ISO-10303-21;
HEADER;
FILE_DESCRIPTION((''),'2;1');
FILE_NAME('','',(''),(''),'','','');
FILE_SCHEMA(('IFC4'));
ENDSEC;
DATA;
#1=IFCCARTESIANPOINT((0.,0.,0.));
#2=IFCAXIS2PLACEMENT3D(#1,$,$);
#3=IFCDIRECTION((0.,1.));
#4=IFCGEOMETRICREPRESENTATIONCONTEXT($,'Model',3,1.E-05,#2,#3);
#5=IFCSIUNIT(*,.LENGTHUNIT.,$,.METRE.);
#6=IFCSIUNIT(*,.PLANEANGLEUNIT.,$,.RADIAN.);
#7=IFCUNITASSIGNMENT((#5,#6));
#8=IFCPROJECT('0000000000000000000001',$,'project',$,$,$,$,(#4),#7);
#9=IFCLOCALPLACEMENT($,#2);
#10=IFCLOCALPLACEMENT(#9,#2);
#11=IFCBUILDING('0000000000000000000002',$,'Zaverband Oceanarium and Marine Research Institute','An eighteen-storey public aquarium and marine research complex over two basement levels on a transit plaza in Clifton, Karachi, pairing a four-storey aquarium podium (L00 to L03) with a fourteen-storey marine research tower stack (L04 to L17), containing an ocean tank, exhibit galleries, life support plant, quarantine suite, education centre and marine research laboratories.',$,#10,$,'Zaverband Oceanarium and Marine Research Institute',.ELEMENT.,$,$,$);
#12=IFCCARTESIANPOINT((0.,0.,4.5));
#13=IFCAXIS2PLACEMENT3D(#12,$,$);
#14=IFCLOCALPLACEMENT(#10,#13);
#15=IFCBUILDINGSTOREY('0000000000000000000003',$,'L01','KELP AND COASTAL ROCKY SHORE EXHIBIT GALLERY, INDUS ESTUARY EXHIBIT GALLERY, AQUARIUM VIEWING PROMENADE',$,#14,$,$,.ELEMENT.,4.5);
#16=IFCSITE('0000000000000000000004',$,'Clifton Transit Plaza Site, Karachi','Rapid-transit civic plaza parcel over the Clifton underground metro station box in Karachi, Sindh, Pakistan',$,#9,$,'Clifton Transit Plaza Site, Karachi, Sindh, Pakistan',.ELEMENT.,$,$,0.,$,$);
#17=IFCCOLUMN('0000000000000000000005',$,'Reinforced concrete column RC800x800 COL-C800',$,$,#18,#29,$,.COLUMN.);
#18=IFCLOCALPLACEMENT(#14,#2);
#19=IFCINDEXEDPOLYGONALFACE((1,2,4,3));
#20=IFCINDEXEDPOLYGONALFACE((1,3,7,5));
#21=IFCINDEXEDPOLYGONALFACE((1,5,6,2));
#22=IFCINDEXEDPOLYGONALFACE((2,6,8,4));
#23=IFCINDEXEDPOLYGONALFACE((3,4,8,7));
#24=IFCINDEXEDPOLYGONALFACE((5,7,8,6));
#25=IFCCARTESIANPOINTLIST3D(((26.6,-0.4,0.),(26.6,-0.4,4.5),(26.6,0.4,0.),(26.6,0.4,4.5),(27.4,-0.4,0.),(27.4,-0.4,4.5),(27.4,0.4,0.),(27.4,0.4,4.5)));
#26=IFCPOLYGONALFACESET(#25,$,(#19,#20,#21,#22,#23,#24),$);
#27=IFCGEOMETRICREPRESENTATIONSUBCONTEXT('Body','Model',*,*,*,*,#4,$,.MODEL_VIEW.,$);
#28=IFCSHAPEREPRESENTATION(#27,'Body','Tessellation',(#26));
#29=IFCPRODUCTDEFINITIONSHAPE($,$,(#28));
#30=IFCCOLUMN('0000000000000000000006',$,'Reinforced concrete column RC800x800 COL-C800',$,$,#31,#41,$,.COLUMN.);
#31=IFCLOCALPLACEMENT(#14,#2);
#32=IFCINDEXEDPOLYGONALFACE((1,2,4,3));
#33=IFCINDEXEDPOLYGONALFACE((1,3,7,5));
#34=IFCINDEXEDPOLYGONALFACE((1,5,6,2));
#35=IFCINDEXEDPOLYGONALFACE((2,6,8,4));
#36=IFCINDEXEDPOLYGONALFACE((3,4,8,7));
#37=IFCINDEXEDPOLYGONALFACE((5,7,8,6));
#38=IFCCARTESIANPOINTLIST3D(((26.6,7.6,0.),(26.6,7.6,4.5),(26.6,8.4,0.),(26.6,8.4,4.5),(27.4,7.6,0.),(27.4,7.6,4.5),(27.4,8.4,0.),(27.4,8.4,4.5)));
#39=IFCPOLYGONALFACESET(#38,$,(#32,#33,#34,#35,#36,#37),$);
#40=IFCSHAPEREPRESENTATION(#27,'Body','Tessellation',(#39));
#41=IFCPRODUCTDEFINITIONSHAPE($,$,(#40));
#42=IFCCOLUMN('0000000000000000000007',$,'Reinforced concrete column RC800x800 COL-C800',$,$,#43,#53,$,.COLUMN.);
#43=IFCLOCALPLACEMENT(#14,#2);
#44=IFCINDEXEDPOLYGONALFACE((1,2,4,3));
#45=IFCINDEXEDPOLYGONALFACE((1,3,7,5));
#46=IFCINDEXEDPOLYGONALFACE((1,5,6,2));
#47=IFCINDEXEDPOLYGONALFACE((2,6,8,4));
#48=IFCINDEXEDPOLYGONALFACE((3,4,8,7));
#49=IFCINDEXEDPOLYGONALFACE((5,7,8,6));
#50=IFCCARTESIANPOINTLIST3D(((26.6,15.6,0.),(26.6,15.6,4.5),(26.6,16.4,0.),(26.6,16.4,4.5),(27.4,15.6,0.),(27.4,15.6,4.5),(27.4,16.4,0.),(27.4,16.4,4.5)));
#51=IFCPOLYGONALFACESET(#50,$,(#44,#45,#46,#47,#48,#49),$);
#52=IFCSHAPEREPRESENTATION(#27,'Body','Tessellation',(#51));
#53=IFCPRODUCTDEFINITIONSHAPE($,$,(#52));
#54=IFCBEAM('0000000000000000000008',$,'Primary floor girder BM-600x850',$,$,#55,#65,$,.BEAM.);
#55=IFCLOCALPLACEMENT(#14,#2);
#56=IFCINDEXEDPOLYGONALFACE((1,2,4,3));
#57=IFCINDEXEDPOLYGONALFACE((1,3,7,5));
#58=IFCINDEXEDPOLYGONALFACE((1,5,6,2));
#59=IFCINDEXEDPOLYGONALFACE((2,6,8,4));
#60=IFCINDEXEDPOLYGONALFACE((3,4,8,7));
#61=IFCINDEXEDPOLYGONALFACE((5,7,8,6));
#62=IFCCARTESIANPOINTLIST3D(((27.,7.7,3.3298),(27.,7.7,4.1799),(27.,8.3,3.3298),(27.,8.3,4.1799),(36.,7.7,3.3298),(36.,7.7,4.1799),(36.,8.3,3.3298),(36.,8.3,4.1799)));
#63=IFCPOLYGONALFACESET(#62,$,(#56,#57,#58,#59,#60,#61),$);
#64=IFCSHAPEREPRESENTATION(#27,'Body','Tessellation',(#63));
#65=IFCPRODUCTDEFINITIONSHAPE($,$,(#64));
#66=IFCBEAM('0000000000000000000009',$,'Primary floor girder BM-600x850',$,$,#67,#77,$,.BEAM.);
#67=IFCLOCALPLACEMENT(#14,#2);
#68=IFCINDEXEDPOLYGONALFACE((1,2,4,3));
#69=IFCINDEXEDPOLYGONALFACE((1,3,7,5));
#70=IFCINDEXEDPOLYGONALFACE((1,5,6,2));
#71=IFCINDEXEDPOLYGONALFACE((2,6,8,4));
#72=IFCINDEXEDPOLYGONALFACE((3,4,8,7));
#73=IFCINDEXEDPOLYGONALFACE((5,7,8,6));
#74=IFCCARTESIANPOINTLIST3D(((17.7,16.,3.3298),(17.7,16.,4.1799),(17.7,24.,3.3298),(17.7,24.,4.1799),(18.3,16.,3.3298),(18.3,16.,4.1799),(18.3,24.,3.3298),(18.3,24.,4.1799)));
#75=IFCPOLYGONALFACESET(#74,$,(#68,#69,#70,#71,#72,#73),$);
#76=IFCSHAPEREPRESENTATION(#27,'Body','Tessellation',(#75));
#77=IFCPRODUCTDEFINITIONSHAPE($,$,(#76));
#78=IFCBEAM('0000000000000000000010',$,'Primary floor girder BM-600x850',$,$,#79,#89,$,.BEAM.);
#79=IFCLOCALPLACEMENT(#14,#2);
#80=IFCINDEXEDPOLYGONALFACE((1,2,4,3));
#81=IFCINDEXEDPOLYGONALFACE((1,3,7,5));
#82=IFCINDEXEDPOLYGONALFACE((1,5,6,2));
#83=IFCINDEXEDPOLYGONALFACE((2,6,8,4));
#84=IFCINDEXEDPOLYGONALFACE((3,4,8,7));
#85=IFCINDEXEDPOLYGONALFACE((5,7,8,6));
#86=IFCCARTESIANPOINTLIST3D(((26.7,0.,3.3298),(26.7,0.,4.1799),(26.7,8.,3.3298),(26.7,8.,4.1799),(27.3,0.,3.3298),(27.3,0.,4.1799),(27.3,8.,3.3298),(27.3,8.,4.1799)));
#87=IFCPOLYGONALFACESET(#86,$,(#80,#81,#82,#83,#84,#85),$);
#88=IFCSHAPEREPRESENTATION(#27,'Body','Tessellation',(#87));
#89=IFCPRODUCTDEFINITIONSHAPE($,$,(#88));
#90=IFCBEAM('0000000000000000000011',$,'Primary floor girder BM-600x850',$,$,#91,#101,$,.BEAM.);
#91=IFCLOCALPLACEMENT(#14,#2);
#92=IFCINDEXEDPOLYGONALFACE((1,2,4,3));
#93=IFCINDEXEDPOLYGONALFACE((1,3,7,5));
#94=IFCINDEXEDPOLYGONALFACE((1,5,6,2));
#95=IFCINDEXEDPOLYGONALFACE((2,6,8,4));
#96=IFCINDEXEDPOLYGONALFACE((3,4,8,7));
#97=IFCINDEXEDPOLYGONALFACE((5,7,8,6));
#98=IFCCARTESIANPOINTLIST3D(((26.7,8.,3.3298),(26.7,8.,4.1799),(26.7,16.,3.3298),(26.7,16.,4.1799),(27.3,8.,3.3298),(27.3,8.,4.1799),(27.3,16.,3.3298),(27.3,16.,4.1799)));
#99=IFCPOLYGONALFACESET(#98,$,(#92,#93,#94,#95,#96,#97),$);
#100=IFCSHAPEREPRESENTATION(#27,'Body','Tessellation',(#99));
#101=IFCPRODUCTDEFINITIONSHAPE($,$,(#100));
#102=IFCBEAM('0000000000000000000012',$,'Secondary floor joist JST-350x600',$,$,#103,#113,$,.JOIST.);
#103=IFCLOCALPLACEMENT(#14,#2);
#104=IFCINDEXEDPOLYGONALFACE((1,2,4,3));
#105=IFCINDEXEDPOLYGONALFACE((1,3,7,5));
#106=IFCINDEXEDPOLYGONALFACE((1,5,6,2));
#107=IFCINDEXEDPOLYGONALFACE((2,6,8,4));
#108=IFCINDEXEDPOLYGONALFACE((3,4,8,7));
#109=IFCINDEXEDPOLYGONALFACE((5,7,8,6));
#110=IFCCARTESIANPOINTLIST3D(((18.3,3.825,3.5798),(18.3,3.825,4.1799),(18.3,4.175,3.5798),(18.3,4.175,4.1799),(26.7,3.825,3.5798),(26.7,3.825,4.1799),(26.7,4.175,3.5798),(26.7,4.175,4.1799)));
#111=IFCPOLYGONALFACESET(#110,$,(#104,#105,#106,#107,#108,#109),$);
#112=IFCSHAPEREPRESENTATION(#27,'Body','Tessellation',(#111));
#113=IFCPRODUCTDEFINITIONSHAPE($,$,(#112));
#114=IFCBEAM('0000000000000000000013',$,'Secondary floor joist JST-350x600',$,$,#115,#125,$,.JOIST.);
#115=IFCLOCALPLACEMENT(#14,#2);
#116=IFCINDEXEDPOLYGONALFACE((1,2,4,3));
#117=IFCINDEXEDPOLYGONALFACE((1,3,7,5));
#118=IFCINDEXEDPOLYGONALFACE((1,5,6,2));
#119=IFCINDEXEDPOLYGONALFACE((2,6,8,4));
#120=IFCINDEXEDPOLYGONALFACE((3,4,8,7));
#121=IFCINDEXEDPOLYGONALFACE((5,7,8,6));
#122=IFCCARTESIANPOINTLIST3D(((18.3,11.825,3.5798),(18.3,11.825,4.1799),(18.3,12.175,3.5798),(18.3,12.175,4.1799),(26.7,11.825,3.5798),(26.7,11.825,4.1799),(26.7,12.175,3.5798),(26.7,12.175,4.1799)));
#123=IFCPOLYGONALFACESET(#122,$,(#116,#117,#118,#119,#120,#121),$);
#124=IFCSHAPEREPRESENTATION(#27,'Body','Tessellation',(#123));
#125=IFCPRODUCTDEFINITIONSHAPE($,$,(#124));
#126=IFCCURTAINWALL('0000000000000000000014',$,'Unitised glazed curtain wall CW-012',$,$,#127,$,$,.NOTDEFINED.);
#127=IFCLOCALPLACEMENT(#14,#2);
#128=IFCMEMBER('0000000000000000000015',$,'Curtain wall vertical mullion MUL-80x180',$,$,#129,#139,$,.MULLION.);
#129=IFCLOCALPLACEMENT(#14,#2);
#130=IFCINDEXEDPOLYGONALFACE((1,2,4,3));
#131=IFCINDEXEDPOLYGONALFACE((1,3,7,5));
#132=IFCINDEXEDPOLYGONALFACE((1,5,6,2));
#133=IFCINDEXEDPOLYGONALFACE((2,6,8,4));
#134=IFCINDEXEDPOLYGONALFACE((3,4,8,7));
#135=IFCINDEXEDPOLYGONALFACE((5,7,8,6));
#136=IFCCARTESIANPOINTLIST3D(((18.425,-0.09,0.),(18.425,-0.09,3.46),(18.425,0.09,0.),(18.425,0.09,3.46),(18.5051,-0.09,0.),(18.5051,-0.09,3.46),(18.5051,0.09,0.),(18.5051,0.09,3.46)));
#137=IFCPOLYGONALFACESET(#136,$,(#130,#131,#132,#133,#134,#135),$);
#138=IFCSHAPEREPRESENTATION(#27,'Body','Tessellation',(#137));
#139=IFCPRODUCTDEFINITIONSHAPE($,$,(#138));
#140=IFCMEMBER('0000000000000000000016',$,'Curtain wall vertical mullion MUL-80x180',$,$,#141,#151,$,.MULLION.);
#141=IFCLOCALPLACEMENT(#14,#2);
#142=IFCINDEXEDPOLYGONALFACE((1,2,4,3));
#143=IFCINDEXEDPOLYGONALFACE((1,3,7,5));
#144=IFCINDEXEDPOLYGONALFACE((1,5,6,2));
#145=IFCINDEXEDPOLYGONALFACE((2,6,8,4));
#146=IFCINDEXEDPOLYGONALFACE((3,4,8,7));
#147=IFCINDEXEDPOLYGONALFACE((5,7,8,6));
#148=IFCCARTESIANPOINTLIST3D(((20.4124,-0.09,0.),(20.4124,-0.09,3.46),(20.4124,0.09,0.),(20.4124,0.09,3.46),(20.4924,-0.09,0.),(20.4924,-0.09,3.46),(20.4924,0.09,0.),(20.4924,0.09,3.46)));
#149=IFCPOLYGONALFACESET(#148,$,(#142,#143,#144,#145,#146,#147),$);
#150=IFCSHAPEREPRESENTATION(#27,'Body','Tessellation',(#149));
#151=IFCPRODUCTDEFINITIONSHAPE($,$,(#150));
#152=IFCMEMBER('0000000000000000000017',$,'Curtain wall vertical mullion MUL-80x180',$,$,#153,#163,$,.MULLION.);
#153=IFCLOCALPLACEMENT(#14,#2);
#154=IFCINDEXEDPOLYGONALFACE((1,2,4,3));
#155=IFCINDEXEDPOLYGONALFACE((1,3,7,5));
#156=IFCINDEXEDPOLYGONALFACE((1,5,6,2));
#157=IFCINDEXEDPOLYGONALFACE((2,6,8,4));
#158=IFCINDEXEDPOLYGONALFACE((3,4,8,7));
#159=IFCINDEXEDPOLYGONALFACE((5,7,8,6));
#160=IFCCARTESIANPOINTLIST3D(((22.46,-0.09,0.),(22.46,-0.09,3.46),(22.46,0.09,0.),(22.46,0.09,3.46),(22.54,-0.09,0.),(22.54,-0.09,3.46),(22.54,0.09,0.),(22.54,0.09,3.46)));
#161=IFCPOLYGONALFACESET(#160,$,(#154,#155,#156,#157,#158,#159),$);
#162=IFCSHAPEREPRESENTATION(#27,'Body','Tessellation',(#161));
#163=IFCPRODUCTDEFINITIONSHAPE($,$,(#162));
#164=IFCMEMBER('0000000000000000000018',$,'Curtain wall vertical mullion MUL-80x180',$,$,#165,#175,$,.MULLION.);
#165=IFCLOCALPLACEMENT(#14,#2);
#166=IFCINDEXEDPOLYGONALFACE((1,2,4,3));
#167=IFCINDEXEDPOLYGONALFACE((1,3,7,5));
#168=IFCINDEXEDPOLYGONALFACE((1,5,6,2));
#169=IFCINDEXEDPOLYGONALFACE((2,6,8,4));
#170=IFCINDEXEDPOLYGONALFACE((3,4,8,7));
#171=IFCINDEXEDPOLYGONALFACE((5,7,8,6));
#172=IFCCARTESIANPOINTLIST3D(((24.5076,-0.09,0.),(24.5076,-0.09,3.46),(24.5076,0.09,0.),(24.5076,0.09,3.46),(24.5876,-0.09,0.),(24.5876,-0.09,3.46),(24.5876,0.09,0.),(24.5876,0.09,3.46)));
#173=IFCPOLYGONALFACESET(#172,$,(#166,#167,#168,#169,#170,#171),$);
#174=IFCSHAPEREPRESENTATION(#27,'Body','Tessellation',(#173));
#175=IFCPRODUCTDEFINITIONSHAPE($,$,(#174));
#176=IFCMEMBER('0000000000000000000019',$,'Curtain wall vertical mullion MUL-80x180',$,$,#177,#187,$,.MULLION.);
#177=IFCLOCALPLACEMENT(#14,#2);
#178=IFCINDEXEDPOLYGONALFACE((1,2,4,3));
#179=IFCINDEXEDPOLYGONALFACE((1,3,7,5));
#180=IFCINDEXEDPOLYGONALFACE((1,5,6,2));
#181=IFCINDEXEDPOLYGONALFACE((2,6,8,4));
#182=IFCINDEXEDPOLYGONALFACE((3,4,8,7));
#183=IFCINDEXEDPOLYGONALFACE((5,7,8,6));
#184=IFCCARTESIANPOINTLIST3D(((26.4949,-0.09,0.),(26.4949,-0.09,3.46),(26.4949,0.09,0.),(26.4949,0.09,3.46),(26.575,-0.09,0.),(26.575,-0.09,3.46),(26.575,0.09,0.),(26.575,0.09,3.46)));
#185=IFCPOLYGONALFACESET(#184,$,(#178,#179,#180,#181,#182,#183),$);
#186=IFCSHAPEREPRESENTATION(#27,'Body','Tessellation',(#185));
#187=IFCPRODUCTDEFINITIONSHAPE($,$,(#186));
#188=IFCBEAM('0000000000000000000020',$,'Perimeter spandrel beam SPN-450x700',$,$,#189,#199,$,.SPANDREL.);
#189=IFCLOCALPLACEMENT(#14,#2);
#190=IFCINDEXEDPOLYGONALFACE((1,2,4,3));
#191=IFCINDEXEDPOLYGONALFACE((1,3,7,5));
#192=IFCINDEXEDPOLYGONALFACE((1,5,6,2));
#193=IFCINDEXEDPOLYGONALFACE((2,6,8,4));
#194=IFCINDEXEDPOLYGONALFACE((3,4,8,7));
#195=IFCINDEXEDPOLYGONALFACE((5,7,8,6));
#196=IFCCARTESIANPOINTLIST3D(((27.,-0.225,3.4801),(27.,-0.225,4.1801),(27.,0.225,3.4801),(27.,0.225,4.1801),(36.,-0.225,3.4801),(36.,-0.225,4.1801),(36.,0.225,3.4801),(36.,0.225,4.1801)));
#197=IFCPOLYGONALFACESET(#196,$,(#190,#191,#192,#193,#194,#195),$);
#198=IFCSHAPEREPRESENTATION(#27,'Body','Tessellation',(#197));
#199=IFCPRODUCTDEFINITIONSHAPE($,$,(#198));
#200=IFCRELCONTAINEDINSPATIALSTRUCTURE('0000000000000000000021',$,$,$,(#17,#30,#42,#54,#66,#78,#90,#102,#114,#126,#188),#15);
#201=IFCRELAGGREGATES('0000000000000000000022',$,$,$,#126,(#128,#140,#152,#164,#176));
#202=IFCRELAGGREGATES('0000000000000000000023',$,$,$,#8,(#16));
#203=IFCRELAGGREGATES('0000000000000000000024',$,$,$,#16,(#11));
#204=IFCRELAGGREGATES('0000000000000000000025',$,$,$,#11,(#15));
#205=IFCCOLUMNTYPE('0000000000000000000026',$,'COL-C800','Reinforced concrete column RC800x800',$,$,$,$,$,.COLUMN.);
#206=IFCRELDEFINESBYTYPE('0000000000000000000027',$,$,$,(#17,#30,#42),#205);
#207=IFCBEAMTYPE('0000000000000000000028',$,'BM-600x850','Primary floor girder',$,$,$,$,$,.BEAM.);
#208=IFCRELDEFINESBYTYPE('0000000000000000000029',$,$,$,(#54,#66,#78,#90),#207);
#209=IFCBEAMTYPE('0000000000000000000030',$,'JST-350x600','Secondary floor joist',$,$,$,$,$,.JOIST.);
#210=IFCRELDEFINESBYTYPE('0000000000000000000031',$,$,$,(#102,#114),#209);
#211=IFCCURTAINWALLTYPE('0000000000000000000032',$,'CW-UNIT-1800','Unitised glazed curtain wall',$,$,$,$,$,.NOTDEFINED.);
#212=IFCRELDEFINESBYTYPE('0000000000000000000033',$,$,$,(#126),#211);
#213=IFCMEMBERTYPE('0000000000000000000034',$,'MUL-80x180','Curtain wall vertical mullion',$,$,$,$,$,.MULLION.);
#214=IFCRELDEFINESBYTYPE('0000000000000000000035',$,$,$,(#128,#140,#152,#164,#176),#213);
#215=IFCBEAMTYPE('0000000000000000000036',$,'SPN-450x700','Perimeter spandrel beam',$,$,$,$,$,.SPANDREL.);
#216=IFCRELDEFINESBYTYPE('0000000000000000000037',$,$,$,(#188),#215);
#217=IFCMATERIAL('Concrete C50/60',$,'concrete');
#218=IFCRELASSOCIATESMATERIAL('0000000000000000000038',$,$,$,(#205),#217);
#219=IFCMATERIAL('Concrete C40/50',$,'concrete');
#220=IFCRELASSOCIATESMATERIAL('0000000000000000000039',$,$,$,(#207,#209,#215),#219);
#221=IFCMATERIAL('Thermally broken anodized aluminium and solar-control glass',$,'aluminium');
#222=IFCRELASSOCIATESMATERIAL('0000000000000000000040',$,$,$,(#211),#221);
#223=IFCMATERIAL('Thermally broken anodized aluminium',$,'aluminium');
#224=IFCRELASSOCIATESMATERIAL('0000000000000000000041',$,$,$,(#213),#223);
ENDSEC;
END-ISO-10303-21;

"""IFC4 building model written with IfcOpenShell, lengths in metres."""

from ifc_helpers import new_model, si_unit, direction, frame, origin, origin_2d, place, context, subcontext, project, spatial, rectangle, extrude, material, material_profile, profile_set, type_object, element, aggregate, save


model = new_model("IFC4")

# Units and contexts
model_context = context("Model", 3, precision=1e-05, world=origin(), true_north=direction((0.0, 1.0)))
body_context = subcontext(model_context, "Body", "Model", "MODEL_VIEW")
ifc_project = project(units=[si_unit("LENGTHUNIT", "METRE"), si_unit("PLANEANGLEUNIT", "RADIAN")], contexts=[model_context])

# Site, building, storey
site_placement = place(None, origin())
site = spatial("IfcSite", under=ifc_project, at=site_placement, Name="Clifton Transit Plaza Site, Karachi", Description="Rapid-transit civic plaza parcel over the Clifton underground metro station box in Karachi, Sindh, Pakistan", LongName="Clifton Transit Plaza Site, Karachi, Sindh, Pakistan", CompositionType="ELEMENT", RefElevation=0.0)
building_placement = place(site_placement, origin())
building = spatial("IfcBuilding", under=site, at=building_placement, Name="Zaverband Oceanarium and Marine Research Institute", Description="An eighteen-storey public aquarium and marine research complex over two basement levels on a transit plaza in Clifton, Karachi, pairing a four-storey aquarium podium (L00 to L03) with a fourteen-storey marine research tower stack (L04 to L17), containing an ocean tank, exhibit galleries, life support plant, quarantine suite, education centre and marine research laboratories.", LongName="Zaverband Oceanarium and Marine Research Institute", CompositionType="ELEMENT")
storey_placement = place(building_placement, frame((0.0, 0.0, 4.5)))
storey = spatial("IfcBuildingStorey", under=building, at=storey_placement, Name="L01", Description="KELP AND COASTAL ROCKY SHORE EXHIBIT GALLERY, INDUS ESTUARY EXHIBIT GALLERY, AQUARIUM VIEWING PROMENADE", CompositionType="ELEMENT", Elevation=4.5)

# Columns
ifc_material_1 = material(Name="Concrete C50/60", Category="concrete")
ifc_material_profile_1 = material_profile(ifc_material_1, rectangle(XDim=0.8, YDim=0.8, at=origin_2d()), Name="RC800x800")
ifc_profile_set_1 = profile_set([ifc_material_profile_1], Name="Concrete C50/60")
column_type = type_object("IfcColumnType", Name="COL-C800", Description="Reinforced concrete column RC800x800", PredefinedType="COLUMN", material=ifc_profile_set_1)
for number, where, z_axis, x_axis, name in (
    (1, (27.0, 0.0, 0.0), (0.0, 0.0, 1.0), (1.0, 0.0, 0.0), "Reinforced concrete column RC800x800 COL-C800"),
    (2, (27.0, 8.0, 0.0), (0.0, 0.0, 1.0), (1.0, 0.0, 0.0), "Reinforced concrete column RC800x800 COL-C800"),
    (3, (27.0, 16.0, 0.0), (0.0, 0.0, 1.0), (1.0, 0.0, 0.0), "Reinforced concrete column RC800x800 COL-C800"),
):
    element("IfcColumn", number, at=place(storey_placement, frame(where, z_axis=z_axis, x_axis=x_axis)), inside=storey, type_object=column_type, Name=name, PredefinedType="COLUMN", context=body_context, shape_type="SweptSolid", body=[
        extrude(rectangle(XDim=0.8, YDim=0.8, at=origin_2d()), origin(), (0.0, 0.0, 1.0), 4.5),
    ])

# Beams
ifc_material_2 = material(Name="Concrete C40/50", Category="concrete")
ifc_material_profile_2 = material_profile(ifc_material_2, rectangle(XDim=0.6001, YDim=0.8501, at=origin_2d()), Name="RC600x850")
ifc_profile_set_2 = profile_set([ifc_material_profile_2], Name="Concrete C40/50")
beam_type_1 = type_object("IfcBeamType", Name="BM-600x850", Description="Primary floor girder", PredefinedType="BEAM", material=ifc_profile_set_2)
beam_1_placement = place(storey_placement, frame((27.0, 8.0, 3.7549), z_axis=(1.0, 0.0, 0.0), x_axis=(0.0, 1.0, 0.0)))
element("IfcBeam", 4, at=beam_1_placement, inside=storey, type_object=beam_type_1, Name="Primary floor girder BM-600x850", PredefinedType="BEAM", context=body_context, shape_type="SweptSolid", body=[
    extrude(rectangle(XDim=0.6001, YDim=0.8501, at=origin_2d()), origin(), (0.0, 0.0, 1.0), 9.0),
])
for number, where, z_axis, x_axis, name in (
    (5, (18.0, 16.0, 3.7549), (0.0, 1.0, 0.0), (-1.0, 0.0, 0.0), "Primary floor girder BM-600x850"),
    (6, (27.0, 0.0, 3.7549), (0.0, 1.0, 0.0), (-1.0, 0.0, 0.0), "Primary floor girder BM-600x850"),
    (7, (27.0, 8.0, 3.7549), (0.0, 1.0, 0.0), (-1.0, 0.0, 0.0), "Primary floor girder BM-600x850"),
):
    element("IfcBeam", number, at=place(storey_placement, frame(where, z_axis=z_axis, x_axis=x_axis)), inside=storey, type_object=beam_type_1, Name=name, PredefinedType="BEAM", context=body_context, shape_type="SweptSolid", body=[
        extrude(rectangle(XDim=0.6001, YDim=0.8501, at=origin_2d()), origin(), (0.0, 0.0, 1.0), 8.0),
    ])
ifc_material_profile_3 = material_profile(ifc_material_2, rectangle(XDim=0.3501, YDim=0.6001, at=origin_2d()), Name="RC350x600")
ifc_profile_set_3 = profile_set([ifc_material_profile_3], Name="Concrete C40/50")
beam_type_2 = type_object("IfcBeamType", Name="JST-350x600", Description="Secondary floor joist", PredefinedType="JOIST", material=ifc_profile_set_3)
for number, where, z_axis, x_axis, name in (
    (8, (18.3, 4.0, 3.8799), (1.0, 0.0, 0.0), (0.0, 1.0, 0.0), "Secondary floor joist JST-350x600"),
    (9, (18.3, 12.0, 3.8799), (1.0, 0.0, 0.0), (0.0, 1.0, 0.0), "Secondary floor joist JST-350x600"),
):
    element("IfcBeam", number, at=place(storey_placement, frame(where, z_axis=z_axis, x_axis=x_axis)), inside=storey, type_object=beam_type_2, Name=name, PredefinedType="JOIST", context=body_context, shape_type="SweptSolid", body=[
        extrude(rectangle(XDim=0.3501, YDim=0.6001, at=origin_2d()), origin(), (0.0, 0.0, 1.0), 8.3999),
    ])

# Curtain wall, members
ifc_material_3 = material(Name="Thermally broken anodized aluminium and solar-control glass", Category="aluminium")
curtain_wall_type = type_object("IfcCurtainWallType", Name="CW-UNIT-1800", Description="Unitised glazed curtain wall", PredefinedType="NOTDEFINED", material=ifc_material_3)
curtain_wall_placement = place(storey_placement, origin())
curtain_wall = element("IfcCurtainWall", 10, at=curtain_wall_placement, inside=storey, type_object=curtain_wall_type, Name="Unitised glazed curtain wall CW-012", PredefinedType="NOTDEFINED")
ifc_material_4 = material(Name="Thermally broken anodized aluminium", Category="aluminium")
ifc_material_profile_4 = material_profile(ifc_material_4, rectangle(XDim=0.0801, YDim=0.1799, at=origin_2d()), Name="AL-MUL-80x180")
ifc_profile_set_4 = profile_set([ifc_material_profile_4], Name="Thermally broken anodized aluminium")
member_type_1 = type_object("IfcMemberType", Name="MUL-80x180", Description="Curtain wall vertical mullion", PredefinedType="MULLION", material=ifc_profile_set_4)
member_1_placement = place(storey_placement, frame((18.4651, 0.0, 0.0), z_axis=(0.0, 0.0, 1.0), x_axis=(1.0, 0.0, 0.0)))
member_1 = element("IfcMember", 11, at=member_1_placement, type_object=member_type_1, Name="Curtain wall vertical mullion MUL-80x180", PredefinedType="MULLION", context=body_context, shape_type="SweptSolid", body=[
    extrude(rectangle(XDim=0.0801, YDim=0.1799, at=origin_2d()), origin(), (0.0, 0.0, 1.0), 3.46),
])
member_2_placement = place(storey_placement, frame((20.4524, 0.0, 0.0), z_axis=(0.0, 0.0, 1.0), x_axis=(1.0, 0.0, 0.0)))
member_2 = element("IfcMember", 12, at=member_2_placement, type_object=member_type_1, Name="Curtain wall vertical mullion MUL-80x180", PredefinedType="MULLION", context=body_context, shape_type="SweptSolid", body=[
    extrude(rectangle(XDim=0.0801, YDim=0.1799, at=origin_2d()), origin(), (0.0, 0.0, 1.0), 3.46),
])
member_3_placement = place(storey_placement, frame((22.5, 0.0, 0.0), z_axis=(0.0, 0.0, 1.0), x_axis=(1.0, 0.0, 0.0)))
member_3 = element("IfcMember", 13, at=member_3_placement, type_object=member_type_1, Name="Curtain wall vertical mullion MUL-80x180", PredefinedType="MULLION", context=body_context, shape_type="SweptSolid", body=[
    extrude(rectangle(XDim=0.0801, YDim=0.1799, at=origin_2d()), origin(), (0.0, 0.0, 1.0), 3.46),
])
member_4_placement = place(storey_placement, frame((24.5476, 0.0, 0.0), z_axis=(0.0, 0.0, 1.0), x_axis=(1.0, 0.0, 0.0)))
member_4 = element("IfcMember", 14, at=member_4_placement, type_object=member_type_1, Name="Curtain wall vertical mullion MUL-80x180", PredefinedType="MULLION", context=body_context, shape_type="SweptSolid", body=[
    extrude(rectangle(XDim=0.0801, YDim=0.1799, at=origin_2d()), origin(), (0.0, 0.0, 1.0), 3.46),
])
member_5_placement = place(storey_placement, frame((26.5349, 0.0, 0.0), z_axis=(0.0, 0.0, 1.0), x_axis=(1.0, 0.0, 0.0)))
member_5 = element("IfcMember", 15, at=member_5_placement, type_object=member_type_1, Name="Curtain wall vertical mullion MUL-80x180", PredefinedType="MULLION", context=body_context, shape_type="SweptSolid", body=[
    extrude(rectangle(XDim=0.0801, YDim=0.1799, at=origin_2d()), origin(), (0.0, 0.0, 1.0), 3.46),
])

# Beam
ifc_material_profile_5 = material_profile(ifc_material_2, rectangle(XDim=0.45, YDim=0.7, at=origin_2d()), Name="RC450x700")
ifc_profile_set_5 = profile_set([ifc_material_profile_5], Name="Concrete C40/50")
beam_type_3 = type_object("IfcBeamType", Name="SPN-450x700", Description="Perimeter spandrel beam", PredefinedType="SPANDREL", material=ifc_profile_set_5)
beam_2_placement = place(storey_placement, frame((27.0, 0.0, 3.8301), z_axis=(1.0, 0.0, 0.0), x_axis=(0.0, 1.0, 0.0)))
element("IfcBeam", 16, at=beam_2_placement, inside=storey, type_object=beam_type_3, Name="Perimeter spandrel beam SPN-450x700", PredefinedType="SPANDREL", context=body_context, shape_type="SweptSolid", body=[
    extrude(rectangle(XDim=0.45, YDim=0.7, at=origin_2d()), origin(), (0.0, 0.0, 1.0), 9.0),
])

aggregate(curtain_wall, [member_1, member_2, member_3, member_4, member_5])

save(model, "model.ifc")
